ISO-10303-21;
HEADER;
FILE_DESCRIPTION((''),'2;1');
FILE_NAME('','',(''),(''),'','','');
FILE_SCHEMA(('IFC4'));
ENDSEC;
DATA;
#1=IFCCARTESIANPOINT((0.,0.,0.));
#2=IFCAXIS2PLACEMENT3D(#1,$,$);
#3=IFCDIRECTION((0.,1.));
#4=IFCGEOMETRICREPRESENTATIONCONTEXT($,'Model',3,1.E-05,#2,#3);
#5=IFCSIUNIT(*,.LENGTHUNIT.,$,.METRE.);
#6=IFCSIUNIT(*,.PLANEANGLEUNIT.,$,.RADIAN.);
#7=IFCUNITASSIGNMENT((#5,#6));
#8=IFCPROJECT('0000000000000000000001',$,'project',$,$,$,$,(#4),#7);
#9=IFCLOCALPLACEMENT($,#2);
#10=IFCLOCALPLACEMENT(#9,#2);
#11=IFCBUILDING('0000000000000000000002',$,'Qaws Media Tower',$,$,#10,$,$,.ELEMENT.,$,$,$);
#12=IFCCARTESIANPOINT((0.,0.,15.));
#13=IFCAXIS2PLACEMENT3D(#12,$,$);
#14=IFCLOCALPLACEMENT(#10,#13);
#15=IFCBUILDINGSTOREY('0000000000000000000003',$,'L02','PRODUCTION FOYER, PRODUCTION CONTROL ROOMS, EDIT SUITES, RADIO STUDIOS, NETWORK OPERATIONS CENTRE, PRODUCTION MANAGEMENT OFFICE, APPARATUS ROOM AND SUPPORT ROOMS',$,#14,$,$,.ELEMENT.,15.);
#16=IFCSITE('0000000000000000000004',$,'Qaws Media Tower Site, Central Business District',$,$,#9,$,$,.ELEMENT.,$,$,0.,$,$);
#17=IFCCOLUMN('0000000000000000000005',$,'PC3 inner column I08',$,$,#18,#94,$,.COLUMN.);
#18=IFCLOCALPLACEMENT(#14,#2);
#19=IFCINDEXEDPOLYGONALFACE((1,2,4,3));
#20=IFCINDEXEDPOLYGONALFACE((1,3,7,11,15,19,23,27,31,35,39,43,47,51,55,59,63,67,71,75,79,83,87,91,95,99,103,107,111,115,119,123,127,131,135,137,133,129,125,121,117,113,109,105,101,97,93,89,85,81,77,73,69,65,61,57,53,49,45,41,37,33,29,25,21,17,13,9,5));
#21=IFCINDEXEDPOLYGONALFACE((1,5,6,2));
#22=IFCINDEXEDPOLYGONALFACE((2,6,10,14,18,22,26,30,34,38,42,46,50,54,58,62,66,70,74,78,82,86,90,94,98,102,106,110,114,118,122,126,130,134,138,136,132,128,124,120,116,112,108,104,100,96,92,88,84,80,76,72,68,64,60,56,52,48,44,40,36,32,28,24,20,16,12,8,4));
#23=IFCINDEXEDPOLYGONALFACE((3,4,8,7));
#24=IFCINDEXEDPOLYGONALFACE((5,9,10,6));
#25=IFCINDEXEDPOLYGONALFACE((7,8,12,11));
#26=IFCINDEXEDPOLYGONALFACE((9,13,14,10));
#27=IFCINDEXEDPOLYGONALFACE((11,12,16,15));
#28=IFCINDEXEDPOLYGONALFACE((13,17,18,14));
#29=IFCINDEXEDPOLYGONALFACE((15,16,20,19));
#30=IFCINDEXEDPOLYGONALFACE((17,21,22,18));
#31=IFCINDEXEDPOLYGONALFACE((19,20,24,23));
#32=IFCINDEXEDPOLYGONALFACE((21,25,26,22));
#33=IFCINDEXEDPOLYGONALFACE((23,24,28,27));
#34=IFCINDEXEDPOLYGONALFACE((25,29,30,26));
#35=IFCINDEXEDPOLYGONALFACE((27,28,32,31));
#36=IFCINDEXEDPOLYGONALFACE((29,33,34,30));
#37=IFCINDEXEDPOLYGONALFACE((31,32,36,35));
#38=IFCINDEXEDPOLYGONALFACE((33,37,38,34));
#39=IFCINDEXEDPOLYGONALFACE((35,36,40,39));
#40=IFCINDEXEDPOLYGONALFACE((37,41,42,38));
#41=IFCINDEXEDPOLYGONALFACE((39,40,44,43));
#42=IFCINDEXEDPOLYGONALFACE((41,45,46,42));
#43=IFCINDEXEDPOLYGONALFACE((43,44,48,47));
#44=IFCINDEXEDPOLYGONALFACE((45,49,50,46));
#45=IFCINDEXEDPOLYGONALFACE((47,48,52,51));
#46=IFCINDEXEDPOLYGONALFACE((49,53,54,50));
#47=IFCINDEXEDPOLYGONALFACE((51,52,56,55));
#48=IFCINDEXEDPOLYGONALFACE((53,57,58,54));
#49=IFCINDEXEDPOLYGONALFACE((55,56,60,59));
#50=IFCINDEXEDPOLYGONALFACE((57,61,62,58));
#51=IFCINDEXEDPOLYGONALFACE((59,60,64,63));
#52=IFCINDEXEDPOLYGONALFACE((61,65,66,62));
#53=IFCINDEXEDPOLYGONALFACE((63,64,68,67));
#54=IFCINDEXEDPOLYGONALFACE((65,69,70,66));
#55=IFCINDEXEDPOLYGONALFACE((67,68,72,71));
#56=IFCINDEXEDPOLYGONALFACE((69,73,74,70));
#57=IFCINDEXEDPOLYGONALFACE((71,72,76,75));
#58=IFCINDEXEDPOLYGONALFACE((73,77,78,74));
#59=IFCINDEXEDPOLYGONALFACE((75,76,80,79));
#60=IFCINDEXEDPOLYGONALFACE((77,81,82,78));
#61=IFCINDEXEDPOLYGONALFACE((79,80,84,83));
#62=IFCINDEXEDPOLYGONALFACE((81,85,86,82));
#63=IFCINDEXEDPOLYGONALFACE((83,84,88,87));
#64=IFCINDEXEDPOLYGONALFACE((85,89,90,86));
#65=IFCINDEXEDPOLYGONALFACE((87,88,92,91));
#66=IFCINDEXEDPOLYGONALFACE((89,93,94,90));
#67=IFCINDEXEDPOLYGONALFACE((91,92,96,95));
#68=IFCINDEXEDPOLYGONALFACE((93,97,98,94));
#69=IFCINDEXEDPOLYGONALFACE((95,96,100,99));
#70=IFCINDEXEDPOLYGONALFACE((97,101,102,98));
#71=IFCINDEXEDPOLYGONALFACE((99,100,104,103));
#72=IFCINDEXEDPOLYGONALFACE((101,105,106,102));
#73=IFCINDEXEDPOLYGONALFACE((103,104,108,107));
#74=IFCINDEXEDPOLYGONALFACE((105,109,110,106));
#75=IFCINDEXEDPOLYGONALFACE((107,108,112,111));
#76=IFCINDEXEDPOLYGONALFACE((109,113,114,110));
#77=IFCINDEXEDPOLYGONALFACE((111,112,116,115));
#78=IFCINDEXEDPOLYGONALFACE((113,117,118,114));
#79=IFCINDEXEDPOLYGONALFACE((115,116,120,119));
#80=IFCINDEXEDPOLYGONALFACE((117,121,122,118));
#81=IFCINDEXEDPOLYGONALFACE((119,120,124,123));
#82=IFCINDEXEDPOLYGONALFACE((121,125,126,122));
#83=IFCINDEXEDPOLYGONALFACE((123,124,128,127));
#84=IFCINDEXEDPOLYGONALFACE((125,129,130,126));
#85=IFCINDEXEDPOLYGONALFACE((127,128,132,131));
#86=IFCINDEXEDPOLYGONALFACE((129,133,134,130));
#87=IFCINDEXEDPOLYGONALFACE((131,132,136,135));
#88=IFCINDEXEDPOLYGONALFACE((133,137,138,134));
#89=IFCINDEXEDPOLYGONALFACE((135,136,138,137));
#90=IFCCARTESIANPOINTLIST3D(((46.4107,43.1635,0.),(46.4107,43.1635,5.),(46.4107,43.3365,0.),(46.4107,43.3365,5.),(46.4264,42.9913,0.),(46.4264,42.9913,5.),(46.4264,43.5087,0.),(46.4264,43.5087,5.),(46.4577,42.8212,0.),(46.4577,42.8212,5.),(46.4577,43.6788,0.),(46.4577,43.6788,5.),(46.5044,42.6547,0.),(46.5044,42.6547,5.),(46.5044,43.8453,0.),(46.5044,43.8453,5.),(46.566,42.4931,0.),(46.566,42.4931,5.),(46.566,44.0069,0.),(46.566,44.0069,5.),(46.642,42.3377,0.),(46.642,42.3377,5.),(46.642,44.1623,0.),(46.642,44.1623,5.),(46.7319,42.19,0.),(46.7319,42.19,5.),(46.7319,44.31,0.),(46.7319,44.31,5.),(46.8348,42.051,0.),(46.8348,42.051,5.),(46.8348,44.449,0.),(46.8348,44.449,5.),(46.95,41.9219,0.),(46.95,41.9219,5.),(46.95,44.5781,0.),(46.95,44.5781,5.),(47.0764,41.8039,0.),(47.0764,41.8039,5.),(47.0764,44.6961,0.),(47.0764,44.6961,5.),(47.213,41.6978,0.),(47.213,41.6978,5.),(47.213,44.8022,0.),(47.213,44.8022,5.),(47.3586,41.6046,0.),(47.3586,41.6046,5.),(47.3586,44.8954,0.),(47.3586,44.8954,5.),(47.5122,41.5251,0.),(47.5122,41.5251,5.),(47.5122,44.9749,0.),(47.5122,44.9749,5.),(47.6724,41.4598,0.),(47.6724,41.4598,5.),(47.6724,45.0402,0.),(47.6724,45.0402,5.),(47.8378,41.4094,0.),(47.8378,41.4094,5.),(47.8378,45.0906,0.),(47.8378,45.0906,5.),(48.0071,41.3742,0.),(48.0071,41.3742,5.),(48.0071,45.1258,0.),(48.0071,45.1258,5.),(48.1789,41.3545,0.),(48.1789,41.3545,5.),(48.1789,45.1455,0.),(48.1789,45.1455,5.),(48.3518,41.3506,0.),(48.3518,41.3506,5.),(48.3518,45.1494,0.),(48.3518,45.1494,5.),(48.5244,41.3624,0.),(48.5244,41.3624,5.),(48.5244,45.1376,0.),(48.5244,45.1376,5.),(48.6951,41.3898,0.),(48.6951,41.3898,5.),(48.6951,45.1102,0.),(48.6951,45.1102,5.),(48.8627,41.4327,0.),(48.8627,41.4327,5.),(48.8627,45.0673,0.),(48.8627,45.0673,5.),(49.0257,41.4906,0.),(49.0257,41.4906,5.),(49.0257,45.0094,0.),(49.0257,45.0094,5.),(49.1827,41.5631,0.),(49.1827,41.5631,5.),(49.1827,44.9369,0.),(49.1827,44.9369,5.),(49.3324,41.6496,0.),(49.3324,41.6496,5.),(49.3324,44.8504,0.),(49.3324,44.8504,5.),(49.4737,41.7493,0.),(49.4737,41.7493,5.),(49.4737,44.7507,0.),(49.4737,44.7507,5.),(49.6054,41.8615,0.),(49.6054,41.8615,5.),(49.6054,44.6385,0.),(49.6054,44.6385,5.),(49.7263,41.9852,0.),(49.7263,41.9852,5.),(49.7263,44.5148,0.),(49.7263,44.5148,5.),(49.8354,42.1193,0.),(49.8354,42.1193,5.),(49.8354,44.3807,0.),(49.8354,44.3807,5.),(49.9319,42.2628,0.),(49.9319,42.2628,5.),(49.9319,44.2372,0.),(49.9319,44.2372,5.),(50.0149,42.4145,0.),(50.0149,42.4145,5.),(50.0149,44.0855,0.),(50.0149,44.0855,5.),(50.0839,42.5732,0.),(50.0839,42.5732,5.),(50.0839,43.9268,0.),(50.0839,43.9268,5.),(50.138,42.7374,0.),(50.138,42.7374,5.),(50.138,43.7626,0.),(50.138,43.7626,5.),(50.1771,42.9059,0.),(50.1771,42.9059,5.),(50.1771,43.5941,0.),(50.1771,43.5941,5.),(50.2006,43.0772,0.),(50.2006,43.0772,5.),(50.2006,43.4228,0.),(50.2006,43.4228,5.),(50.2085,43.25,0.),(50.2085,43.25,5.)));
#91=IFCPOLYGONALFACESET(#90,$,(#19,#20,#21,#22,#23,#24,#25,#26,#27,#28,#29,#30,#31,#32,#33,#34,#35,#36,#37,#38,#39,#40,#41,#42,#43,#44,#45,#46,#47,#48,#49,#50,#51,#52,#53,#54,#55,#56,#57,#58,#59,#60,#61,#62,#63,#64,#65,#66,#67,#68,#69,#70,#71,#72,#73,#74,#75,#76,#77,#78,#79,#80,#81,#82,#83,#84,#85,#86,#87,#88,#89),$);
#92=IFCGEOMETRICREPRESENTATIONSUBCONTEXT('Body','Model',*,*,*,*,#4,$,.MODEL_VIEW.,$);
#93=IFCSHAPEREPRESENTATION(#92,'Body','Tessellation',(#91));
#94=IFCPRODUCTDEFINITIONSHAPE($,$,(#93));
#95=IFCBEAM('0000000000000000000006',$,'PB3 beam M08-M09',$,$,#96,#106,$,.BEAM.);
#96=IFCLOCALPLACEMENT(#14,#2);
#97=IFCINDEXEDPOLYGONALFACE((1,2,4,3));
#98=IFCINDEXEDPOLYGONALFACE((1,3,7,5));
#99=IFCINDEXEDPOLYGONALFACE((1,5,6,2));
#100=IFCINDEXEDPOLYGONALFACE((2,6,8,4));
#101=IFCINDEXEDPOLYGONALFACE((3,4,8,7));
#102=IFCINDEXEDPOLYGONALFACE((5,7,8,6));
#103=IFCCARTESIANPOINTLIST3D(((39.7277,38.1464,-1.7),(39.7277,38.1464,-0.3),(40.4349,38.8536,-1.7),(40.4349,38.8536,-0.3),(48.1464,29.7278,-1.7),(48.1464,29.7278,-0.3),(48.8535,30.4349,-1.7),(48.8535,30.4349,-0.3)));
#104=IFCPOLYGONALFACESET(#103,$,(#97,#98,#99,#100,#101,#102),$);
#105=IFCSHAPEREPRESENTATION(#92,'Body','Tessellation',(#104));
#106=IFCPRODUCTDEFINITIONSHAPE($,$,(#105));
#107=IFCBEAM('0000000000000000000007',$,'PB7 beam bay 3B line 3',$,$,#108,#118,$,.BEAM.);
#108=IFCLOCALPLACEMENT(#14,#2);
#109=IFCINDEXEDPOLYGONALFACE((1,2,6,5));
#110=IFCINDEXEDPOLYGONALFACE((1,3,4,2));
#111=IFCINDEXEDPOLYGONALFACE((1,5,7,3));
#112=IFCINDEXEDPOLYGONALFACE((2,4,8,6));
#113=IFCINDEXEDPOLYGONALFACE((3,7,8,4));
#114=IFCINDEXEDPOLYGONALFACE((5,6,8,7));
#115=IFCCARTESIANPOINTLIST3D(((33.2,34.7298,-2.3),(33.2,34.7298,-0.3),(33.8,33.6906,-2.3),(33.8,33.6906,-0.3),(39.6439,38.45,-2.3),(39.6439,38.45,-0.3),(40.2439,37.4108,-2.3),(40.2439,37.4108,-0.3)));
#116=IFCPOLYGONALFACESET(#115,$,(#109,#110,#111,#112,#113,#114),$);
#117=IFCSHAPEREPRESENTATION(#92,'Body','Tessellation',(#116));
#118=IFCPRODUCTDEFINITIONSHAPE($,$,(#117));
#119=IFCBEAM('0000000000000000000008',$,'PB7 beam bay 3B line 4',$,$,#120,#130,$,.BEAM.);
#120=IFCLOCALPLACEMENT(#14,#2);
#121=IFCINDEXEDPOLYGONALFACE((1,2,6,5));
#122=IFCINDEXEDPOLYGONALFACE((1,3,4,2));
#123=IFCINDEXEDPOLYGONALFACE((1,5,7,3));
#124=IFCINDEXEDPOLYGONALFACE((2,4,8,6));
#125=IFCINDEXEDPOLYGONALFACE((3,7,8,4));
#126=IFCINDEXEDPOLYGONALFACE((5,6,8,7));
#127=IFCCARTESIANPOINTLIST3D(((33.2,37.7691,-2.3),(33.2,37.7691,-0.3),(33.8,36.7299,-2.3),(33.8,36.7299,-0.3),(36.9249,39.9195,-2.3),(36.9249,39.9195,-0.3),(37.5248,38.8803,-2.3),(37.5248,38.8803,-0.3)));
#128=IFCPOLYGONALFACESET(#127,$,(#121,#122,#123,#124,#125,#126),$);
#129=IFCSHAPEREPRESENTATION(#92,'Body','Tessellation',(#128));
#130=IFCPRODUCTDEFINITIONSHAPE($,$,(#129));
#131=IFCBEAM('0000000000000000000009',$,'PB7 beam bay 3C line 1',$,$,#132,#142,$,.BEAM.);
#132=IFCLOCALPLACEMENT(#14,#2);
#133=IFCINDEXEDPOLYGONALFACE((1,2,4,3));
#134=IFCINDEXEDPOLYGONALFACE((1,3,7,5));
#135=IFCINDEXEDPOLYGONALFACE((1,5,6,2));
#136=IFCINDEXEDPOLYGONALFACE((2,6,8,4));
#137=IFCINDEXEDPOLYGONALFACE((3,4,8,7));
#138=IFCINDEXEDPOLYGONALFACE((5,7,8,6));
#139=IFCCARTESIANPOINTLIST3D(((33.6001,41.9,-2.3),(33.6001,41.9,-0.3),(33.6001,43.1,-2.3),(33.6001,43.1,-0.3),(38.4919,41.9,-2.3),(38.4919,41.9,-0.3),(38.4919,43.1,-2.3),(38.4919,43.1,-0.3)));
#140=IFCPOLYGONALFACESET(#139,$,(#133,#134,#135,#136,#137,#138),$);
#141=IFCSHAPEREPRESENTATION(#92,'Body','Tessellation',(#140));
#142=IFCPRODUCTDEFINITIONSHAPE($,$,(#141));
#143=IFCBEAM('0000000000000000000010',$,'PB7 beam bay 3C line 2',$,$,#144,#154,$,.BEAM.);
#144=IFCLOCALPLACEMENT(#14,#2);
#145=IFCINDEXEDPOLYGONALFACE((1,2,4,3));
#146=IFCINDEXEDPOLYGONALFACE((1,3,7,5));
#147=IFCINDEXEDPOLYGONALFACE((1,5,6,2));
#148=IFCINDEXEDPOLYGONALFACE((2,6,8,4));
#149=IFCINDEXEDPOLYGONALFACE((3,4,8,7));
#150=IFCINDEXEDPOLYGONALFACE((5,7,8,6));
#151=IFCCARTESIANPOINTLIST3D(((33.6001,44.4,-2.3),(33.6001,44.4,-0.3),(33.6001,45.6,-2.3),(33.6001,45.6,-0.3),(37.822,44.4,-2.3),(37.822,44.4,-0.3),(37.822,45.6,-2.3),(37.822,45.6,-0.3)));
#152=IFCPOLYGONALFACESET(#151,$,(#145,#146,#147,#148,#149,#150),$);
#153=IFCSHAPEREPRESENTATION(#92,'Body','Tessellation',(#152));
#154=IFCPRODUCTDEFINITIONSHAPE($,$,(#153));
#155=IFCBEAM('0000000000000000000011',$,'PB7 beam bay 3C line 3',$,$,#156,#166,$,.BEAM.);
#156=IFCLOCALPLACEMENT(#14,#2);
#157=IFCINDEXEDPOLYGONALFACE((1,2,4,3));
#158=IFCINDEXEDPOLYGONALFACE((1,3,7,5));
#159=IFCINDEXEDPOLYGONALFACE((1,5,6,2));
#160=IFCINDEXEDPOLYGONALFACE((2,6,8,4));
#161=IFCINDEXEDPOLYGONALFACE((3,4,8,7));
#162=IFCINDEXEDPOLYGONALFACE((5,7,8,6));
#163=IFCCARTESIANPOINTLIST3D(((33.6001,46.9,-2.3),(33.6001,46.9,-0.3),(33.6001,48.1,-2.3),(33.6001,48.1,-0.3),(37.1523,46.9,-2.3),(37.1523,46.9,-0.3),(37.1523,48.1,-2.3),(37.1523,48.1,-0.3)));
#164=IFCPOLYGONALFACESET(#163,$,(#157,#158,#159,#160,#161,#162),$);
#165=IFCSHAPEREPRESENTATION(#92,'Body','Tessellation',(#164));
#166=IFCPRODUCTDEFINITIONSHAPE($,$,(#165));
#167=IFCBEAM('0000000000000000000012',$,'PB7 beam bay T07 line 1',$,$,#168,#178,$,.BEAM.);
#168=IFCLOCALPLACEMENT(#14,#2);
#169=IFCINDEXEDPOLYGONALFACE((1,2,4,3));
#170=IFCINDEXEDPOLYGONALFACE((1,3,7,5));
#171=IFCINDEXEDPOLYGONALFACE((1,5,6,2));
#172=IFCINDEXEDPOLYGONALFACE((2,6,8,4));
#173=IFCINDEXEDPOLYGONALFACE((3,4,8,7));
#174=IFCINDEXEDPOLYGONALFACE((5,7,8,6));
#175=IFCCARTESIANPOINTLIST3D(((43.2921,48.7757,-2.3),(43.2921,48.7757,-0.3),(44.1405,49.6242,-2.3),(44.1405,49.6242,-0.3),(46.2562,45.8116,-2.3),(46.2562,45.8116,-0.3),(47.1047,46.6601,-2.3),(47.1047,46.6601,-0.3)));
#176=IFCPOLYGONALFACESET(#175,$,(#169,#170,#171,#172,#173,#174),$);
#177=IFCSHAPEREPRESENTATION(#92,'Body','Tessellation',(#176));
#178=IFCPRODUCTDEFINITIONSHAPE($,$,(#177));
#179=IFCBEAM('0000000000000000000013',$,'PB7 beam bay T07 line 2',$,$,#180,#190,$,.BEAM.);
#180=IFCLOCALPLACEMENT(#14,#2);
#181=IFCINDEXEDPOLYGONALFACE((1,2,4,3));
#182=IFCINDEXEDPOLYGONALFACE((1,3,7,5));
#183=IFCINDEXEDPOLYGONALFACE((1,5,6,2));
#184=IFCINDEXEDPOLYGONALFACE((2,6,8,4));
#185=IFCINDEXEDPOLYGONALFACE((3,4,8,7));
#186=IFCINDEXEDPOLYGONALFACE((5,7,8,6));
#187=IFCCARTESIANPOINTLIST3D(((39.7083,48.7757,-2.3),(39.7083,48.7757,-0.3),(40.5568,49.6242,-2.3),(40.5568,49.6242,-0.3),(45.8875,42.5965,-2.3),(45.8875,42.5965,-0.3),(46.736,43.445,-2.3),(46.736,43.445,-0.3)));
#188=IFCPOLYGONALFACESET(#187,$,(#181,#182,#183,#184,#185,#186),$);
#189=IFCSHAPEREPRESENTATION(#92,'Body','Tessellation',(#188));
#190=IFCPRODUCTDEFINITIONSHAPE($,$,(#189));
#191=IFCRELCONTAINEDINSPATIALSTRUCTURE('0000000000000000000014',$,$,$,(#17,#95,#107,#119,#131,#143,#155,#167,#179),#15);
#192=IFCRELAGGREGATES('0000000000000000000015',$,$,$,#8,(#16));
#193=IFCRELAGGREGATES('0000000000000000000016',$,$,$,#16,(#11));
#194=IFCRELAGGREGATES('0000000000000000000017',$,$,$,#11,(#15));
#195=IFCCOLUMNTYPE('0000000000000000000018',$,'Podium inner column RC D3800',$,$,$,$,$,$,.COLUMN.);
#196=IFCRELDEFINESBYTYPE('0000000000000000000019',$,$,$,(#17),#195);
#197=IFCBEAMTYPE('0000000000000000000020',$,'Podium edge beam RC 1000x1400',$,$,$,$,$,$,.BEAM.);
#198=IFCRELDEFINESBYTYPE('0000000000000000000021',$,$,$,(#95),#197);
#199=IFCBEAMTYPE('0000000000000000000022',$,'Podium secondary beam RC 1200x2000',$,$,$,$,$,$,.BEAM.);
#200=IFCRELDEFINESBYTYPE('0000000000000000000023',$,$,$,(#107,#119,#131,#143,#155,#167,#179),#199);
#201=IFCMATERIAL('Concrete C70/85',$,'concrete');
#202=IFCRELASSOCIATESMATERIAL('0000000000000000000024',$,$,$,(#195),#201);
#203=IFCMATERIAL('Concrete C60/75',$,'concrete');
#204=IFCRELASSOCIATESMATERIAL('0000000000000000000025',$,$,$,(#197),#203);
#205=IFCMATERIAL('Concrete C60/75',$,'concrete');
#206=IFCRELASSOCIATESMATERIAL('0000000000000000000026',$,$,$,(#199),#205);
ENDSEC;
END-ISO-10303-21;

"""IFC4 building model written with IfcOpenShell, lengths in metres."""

from ifc_helpers import new_model, si_unit, direction, frame, origin, origin_2d, place, context, subcontext, project, spatial, rectangle, circle, extrude, material, material_profile, profile_set, type_object, element, save


model = new_model("IFC4")

# Units and contexts
model_context = context("Model", 3, precision=1e-05, world=origin(), true_north=direction((0.0, 1.0)))
body_context = subcontext(model_context, "Body", "Model", "MODEL_VIEW")
ifc_project = project(units=[si_unit("LENGTHUNIT", "METRE"), si_unit("PLANEANGLEUNIT", "RADIAN")], contexts=[model_context])

# Site, building, storey
site_placement = place(None, origin())
site = spatial("IfcSite", under=ifc_project, at=site_placement, Name="Qaws Media Tower Site, Central Business District", CompositionType="ELEMENT", RefElevation=0.0)
building_placement = place(site_placement, origin())
building = spatial("IfcBuilding", under=site, at=building_placement, Name="Qaws Media Tower", CompositionType="ELEMENT")
storey_placement = place(building_placement, frame((0.0, 0.0, 15.0)))
storey = spatial("IfcBuildingStorey", under=building, at=storey_placement, Name="L02", Description="PRODUCTION FOYER, PRODUCTION CONTROL ROOMS, EDIT SUITES, RADIO STUDIOS, NETWORK OPERATIONS CENTRE, PRODUCTION MANAGEMENT OFFICE, APPARATUS ROOM AND SUPPORT ROOMS", CompositionType="ELEMENT", Elevation=15.0)

# Column
ifc_material_1 = material(Name="Concrete C70/85", Category="concrete")
ifc_material_profile_1 = material_profile(ifc_material_1, circle(Radius=1.8999, at=origin_2d()), Name="RC D3800")
ifc_profile_set_1 = profile_set([ifc_material_profile_1], Name="Concrete C70/85")
column_type_1 = type_object("IfcColumnType", Name="Podium inner column RC D3800", PredefinedType="COLUMN", material=ifc_profile_set_1)
column_placement = place(storey_placement, frame((48.3086, 43.25, 0.0), z_axis=(0.0, 0.0, 1.0), x_axis=(1.0, 0.0, 0.0)))
element("IfcColumn", 1, at=column_placement, inside=storey, type_object=column_type_1, Name="PC3 inner column I08", PredefinedType="COLUMN", context=body_context, shape_type="SweptSolid", body=[
    extrude(circle(Radius=1.8999, at=origin_2d()), origin(), (0.0, 0.0, 1.0), 5.0),
])

# Beams
ifc_material_2 = material(Name="Concrete C60/75", Category="concrete")
ifc_material_profile_2 = material_profile(ifc_material_2, rectangle(XDim=1.0, YDim=1.3999, at=origin_2d()), Name="RC 1000x1400")
ifc_profile_set_2 = profile_set([ifc_material_profile_2], Name="Concrete C60/75")
beam_type_1 = type_object("IfcBeamType", Name="Podium edge beam RC 1000x1400", PredefinedType="BEAM", material=ifc_profile_set_2)
beam_1_placement = place(storey_placement, frame((40.0813, 38.5, -1.0), z_axis=(0.707107, -0.707107, 0.0), x_axis=(0.707107, 0.707107, 0.0)))
element("IfcBeam", 2, at=beam_1_placement, inside=storey, type_object=beam_type_1, Name="PB3 beam M08-M09", PredefinedType="BEAM", context=body_context, shape_type="SweptSolid", body=[
    extrude(rectangle(XDim=1.0, YDim=1.3999, at=origin_2d()), origin(), (0.0, 0.0, 1.0), 11.9058),
])
ifc_material_3 = material(Name="Concrete C60/75", Category="concrete")
ifc_material_profile_3 = material_profile(ifc_material_3, rectangle(XDim=1.2, YDim=2.0, at=origin_2d()), Name="RC 1200x2000")
ifc_profile_set_3 = profile_set([ifc_material_profile_3], Name="Concrete C60/75")
beam_type_2 = type_object("IfcBeamType", Name="Podium secondary beam RC 1200x2000", PredefinedType="BEAM", material=ifc_profile_set_3)
beam_2_placement = place(storey_placement, frame((33.5, 34.2102, -1.3), z_axis=(0.866034, 0.499986, 0.0), x_axis=(-0.499986, 0.866034, 0.0)))
element("IfcBeam", 3, at=beam_2_placement, inside=storey, type_object=beam_type_2, Name="PB7 beam bay 3B line 3", PredefinedType="BEAM", context=body_context, shape_type="SweptSolid", body=[
    extrude(rectangle(XDim=1.2, YDim=2.0, at=origin_2d()), origin(), (0.0, 0.0, 1.0), 7.4407),
])
beam_3_placement = place(storey_placement, frame((33.5, 37.2495, -1.3), z_axis=(0.866041, 0.499973, 0.0), x_axis=(-0.499973, 0.866041, 0.0)))
element("IfcBeam", 4, at=beam_3_placement, inside=storey, type_object=beam_type_2, Name="PB7 beam bay 3B line 4", PredefinedType="BEAM", context=body_context, shape_type="SweptSolid", body=[
    extrude(rectangle(XDim=1.2, YDim=2.0, at=origin_2d()), origin(), (0.0, 0.0, 1.0), 4.301),
])
beam_4_placement = place(storey_placement, frame((33.6001, 42.5, -1.3), z_axis=(1.0, 0.0, 0.0), x_axis=(0.0, 1.0, 0.0)))
element("IfcBeam", 5, at=beam_4_placement, inside=storey, type_object=beam_type_2, Name="PB7 beam bay 3C line 1", PredefinedType="BEAM", context=body_context, shape_type="SweptSolid", body=[
    extrude(rectangle(XDim=1.2, YDim=2.0, at=origin_2d()), origin(), (0.0, 0.0, 1.0), 4.8918),
])
beam_5_placement = place(storey_placement, frame((33.6001, 45.0, -1.3), z_axis=(1.0, 0.0, 0.0), x_axis=(0.0, 1.0, 0.0)))
element("IfcBeam", 6, at=beam_5_placement, inside=storey, type_object=beam_type_2, Name="PB7 beam bay 3C line 2", PredefinedType="BEAM", context=body_context, shape_type="SweptSolid", body=[
    extrude(rectangle(XDim=1.2, YDim=2.0, at=origin_2d()), origin(), (0.0, 0.0, 1.0), 4.2219),
])
beam_6_placement = place(storey_placement, frame((33.6001, 47.5, -1.3), z_axis=(1.0, 0.0, 0.0), x_axis=(0.0, 1.0, 0.0)))
element("IfcBeam", 7, at=beam_6_placement, inside=storey, type_object=beam_type_2, Name="PB7 beam bay 3C line 3", PredefinedType="BEAM", context=body_context, shape_type="SweptSolid", body=[
    extrude(rectangle(XDim=1.2, YDim=2.0, at=origin_2d()), origin(), (0.0, 0.0, 1.0), 3.5522),
])
beam_7_placement = place(storey_placement, frame((46.6804, 46.2358, -1.3), z_axis=(-0.707107, 0.707107, 0.0), x_axis=(-0.707107, -0.707107, 0.0)))
element("IfcBeam", 8, at=beam_7_placement, inside=storey, type_object=beam_type_2, Name="PB7 beam bay T07 line 1", PredefinedType="BEAM", context=body_context, shape_type="SweptSolid", body=[
    extrude(rectangle(XDim=1.2, YDim=2.0, at=origin_2d()), origin(), (0.0, 0.0, 1.0), 4.1919),
])
beam_8_placement = place(storey_placement, frame((46.3118, 43.0208, -1.3), z_axis=(-0.707107, 0.707107, 0.0), x_axis=(-0.707107, -0.707107, 0.0)))
element("IfcBeam", 9, at=beam_8_placement, inside=storey, type_object=beam_type_2, Name="PB7 beam bay T07 line 2", PredefinedType="BEAM", context=body_context, shape_type="SweptSolid", body=[
    extrude(rectangle(XDim=1.2, YDim=2.0, at=origin_2d()), origin(), (0.0, 0.0, 1.0), 8.7388),
])

save(model, "model.ifc")
